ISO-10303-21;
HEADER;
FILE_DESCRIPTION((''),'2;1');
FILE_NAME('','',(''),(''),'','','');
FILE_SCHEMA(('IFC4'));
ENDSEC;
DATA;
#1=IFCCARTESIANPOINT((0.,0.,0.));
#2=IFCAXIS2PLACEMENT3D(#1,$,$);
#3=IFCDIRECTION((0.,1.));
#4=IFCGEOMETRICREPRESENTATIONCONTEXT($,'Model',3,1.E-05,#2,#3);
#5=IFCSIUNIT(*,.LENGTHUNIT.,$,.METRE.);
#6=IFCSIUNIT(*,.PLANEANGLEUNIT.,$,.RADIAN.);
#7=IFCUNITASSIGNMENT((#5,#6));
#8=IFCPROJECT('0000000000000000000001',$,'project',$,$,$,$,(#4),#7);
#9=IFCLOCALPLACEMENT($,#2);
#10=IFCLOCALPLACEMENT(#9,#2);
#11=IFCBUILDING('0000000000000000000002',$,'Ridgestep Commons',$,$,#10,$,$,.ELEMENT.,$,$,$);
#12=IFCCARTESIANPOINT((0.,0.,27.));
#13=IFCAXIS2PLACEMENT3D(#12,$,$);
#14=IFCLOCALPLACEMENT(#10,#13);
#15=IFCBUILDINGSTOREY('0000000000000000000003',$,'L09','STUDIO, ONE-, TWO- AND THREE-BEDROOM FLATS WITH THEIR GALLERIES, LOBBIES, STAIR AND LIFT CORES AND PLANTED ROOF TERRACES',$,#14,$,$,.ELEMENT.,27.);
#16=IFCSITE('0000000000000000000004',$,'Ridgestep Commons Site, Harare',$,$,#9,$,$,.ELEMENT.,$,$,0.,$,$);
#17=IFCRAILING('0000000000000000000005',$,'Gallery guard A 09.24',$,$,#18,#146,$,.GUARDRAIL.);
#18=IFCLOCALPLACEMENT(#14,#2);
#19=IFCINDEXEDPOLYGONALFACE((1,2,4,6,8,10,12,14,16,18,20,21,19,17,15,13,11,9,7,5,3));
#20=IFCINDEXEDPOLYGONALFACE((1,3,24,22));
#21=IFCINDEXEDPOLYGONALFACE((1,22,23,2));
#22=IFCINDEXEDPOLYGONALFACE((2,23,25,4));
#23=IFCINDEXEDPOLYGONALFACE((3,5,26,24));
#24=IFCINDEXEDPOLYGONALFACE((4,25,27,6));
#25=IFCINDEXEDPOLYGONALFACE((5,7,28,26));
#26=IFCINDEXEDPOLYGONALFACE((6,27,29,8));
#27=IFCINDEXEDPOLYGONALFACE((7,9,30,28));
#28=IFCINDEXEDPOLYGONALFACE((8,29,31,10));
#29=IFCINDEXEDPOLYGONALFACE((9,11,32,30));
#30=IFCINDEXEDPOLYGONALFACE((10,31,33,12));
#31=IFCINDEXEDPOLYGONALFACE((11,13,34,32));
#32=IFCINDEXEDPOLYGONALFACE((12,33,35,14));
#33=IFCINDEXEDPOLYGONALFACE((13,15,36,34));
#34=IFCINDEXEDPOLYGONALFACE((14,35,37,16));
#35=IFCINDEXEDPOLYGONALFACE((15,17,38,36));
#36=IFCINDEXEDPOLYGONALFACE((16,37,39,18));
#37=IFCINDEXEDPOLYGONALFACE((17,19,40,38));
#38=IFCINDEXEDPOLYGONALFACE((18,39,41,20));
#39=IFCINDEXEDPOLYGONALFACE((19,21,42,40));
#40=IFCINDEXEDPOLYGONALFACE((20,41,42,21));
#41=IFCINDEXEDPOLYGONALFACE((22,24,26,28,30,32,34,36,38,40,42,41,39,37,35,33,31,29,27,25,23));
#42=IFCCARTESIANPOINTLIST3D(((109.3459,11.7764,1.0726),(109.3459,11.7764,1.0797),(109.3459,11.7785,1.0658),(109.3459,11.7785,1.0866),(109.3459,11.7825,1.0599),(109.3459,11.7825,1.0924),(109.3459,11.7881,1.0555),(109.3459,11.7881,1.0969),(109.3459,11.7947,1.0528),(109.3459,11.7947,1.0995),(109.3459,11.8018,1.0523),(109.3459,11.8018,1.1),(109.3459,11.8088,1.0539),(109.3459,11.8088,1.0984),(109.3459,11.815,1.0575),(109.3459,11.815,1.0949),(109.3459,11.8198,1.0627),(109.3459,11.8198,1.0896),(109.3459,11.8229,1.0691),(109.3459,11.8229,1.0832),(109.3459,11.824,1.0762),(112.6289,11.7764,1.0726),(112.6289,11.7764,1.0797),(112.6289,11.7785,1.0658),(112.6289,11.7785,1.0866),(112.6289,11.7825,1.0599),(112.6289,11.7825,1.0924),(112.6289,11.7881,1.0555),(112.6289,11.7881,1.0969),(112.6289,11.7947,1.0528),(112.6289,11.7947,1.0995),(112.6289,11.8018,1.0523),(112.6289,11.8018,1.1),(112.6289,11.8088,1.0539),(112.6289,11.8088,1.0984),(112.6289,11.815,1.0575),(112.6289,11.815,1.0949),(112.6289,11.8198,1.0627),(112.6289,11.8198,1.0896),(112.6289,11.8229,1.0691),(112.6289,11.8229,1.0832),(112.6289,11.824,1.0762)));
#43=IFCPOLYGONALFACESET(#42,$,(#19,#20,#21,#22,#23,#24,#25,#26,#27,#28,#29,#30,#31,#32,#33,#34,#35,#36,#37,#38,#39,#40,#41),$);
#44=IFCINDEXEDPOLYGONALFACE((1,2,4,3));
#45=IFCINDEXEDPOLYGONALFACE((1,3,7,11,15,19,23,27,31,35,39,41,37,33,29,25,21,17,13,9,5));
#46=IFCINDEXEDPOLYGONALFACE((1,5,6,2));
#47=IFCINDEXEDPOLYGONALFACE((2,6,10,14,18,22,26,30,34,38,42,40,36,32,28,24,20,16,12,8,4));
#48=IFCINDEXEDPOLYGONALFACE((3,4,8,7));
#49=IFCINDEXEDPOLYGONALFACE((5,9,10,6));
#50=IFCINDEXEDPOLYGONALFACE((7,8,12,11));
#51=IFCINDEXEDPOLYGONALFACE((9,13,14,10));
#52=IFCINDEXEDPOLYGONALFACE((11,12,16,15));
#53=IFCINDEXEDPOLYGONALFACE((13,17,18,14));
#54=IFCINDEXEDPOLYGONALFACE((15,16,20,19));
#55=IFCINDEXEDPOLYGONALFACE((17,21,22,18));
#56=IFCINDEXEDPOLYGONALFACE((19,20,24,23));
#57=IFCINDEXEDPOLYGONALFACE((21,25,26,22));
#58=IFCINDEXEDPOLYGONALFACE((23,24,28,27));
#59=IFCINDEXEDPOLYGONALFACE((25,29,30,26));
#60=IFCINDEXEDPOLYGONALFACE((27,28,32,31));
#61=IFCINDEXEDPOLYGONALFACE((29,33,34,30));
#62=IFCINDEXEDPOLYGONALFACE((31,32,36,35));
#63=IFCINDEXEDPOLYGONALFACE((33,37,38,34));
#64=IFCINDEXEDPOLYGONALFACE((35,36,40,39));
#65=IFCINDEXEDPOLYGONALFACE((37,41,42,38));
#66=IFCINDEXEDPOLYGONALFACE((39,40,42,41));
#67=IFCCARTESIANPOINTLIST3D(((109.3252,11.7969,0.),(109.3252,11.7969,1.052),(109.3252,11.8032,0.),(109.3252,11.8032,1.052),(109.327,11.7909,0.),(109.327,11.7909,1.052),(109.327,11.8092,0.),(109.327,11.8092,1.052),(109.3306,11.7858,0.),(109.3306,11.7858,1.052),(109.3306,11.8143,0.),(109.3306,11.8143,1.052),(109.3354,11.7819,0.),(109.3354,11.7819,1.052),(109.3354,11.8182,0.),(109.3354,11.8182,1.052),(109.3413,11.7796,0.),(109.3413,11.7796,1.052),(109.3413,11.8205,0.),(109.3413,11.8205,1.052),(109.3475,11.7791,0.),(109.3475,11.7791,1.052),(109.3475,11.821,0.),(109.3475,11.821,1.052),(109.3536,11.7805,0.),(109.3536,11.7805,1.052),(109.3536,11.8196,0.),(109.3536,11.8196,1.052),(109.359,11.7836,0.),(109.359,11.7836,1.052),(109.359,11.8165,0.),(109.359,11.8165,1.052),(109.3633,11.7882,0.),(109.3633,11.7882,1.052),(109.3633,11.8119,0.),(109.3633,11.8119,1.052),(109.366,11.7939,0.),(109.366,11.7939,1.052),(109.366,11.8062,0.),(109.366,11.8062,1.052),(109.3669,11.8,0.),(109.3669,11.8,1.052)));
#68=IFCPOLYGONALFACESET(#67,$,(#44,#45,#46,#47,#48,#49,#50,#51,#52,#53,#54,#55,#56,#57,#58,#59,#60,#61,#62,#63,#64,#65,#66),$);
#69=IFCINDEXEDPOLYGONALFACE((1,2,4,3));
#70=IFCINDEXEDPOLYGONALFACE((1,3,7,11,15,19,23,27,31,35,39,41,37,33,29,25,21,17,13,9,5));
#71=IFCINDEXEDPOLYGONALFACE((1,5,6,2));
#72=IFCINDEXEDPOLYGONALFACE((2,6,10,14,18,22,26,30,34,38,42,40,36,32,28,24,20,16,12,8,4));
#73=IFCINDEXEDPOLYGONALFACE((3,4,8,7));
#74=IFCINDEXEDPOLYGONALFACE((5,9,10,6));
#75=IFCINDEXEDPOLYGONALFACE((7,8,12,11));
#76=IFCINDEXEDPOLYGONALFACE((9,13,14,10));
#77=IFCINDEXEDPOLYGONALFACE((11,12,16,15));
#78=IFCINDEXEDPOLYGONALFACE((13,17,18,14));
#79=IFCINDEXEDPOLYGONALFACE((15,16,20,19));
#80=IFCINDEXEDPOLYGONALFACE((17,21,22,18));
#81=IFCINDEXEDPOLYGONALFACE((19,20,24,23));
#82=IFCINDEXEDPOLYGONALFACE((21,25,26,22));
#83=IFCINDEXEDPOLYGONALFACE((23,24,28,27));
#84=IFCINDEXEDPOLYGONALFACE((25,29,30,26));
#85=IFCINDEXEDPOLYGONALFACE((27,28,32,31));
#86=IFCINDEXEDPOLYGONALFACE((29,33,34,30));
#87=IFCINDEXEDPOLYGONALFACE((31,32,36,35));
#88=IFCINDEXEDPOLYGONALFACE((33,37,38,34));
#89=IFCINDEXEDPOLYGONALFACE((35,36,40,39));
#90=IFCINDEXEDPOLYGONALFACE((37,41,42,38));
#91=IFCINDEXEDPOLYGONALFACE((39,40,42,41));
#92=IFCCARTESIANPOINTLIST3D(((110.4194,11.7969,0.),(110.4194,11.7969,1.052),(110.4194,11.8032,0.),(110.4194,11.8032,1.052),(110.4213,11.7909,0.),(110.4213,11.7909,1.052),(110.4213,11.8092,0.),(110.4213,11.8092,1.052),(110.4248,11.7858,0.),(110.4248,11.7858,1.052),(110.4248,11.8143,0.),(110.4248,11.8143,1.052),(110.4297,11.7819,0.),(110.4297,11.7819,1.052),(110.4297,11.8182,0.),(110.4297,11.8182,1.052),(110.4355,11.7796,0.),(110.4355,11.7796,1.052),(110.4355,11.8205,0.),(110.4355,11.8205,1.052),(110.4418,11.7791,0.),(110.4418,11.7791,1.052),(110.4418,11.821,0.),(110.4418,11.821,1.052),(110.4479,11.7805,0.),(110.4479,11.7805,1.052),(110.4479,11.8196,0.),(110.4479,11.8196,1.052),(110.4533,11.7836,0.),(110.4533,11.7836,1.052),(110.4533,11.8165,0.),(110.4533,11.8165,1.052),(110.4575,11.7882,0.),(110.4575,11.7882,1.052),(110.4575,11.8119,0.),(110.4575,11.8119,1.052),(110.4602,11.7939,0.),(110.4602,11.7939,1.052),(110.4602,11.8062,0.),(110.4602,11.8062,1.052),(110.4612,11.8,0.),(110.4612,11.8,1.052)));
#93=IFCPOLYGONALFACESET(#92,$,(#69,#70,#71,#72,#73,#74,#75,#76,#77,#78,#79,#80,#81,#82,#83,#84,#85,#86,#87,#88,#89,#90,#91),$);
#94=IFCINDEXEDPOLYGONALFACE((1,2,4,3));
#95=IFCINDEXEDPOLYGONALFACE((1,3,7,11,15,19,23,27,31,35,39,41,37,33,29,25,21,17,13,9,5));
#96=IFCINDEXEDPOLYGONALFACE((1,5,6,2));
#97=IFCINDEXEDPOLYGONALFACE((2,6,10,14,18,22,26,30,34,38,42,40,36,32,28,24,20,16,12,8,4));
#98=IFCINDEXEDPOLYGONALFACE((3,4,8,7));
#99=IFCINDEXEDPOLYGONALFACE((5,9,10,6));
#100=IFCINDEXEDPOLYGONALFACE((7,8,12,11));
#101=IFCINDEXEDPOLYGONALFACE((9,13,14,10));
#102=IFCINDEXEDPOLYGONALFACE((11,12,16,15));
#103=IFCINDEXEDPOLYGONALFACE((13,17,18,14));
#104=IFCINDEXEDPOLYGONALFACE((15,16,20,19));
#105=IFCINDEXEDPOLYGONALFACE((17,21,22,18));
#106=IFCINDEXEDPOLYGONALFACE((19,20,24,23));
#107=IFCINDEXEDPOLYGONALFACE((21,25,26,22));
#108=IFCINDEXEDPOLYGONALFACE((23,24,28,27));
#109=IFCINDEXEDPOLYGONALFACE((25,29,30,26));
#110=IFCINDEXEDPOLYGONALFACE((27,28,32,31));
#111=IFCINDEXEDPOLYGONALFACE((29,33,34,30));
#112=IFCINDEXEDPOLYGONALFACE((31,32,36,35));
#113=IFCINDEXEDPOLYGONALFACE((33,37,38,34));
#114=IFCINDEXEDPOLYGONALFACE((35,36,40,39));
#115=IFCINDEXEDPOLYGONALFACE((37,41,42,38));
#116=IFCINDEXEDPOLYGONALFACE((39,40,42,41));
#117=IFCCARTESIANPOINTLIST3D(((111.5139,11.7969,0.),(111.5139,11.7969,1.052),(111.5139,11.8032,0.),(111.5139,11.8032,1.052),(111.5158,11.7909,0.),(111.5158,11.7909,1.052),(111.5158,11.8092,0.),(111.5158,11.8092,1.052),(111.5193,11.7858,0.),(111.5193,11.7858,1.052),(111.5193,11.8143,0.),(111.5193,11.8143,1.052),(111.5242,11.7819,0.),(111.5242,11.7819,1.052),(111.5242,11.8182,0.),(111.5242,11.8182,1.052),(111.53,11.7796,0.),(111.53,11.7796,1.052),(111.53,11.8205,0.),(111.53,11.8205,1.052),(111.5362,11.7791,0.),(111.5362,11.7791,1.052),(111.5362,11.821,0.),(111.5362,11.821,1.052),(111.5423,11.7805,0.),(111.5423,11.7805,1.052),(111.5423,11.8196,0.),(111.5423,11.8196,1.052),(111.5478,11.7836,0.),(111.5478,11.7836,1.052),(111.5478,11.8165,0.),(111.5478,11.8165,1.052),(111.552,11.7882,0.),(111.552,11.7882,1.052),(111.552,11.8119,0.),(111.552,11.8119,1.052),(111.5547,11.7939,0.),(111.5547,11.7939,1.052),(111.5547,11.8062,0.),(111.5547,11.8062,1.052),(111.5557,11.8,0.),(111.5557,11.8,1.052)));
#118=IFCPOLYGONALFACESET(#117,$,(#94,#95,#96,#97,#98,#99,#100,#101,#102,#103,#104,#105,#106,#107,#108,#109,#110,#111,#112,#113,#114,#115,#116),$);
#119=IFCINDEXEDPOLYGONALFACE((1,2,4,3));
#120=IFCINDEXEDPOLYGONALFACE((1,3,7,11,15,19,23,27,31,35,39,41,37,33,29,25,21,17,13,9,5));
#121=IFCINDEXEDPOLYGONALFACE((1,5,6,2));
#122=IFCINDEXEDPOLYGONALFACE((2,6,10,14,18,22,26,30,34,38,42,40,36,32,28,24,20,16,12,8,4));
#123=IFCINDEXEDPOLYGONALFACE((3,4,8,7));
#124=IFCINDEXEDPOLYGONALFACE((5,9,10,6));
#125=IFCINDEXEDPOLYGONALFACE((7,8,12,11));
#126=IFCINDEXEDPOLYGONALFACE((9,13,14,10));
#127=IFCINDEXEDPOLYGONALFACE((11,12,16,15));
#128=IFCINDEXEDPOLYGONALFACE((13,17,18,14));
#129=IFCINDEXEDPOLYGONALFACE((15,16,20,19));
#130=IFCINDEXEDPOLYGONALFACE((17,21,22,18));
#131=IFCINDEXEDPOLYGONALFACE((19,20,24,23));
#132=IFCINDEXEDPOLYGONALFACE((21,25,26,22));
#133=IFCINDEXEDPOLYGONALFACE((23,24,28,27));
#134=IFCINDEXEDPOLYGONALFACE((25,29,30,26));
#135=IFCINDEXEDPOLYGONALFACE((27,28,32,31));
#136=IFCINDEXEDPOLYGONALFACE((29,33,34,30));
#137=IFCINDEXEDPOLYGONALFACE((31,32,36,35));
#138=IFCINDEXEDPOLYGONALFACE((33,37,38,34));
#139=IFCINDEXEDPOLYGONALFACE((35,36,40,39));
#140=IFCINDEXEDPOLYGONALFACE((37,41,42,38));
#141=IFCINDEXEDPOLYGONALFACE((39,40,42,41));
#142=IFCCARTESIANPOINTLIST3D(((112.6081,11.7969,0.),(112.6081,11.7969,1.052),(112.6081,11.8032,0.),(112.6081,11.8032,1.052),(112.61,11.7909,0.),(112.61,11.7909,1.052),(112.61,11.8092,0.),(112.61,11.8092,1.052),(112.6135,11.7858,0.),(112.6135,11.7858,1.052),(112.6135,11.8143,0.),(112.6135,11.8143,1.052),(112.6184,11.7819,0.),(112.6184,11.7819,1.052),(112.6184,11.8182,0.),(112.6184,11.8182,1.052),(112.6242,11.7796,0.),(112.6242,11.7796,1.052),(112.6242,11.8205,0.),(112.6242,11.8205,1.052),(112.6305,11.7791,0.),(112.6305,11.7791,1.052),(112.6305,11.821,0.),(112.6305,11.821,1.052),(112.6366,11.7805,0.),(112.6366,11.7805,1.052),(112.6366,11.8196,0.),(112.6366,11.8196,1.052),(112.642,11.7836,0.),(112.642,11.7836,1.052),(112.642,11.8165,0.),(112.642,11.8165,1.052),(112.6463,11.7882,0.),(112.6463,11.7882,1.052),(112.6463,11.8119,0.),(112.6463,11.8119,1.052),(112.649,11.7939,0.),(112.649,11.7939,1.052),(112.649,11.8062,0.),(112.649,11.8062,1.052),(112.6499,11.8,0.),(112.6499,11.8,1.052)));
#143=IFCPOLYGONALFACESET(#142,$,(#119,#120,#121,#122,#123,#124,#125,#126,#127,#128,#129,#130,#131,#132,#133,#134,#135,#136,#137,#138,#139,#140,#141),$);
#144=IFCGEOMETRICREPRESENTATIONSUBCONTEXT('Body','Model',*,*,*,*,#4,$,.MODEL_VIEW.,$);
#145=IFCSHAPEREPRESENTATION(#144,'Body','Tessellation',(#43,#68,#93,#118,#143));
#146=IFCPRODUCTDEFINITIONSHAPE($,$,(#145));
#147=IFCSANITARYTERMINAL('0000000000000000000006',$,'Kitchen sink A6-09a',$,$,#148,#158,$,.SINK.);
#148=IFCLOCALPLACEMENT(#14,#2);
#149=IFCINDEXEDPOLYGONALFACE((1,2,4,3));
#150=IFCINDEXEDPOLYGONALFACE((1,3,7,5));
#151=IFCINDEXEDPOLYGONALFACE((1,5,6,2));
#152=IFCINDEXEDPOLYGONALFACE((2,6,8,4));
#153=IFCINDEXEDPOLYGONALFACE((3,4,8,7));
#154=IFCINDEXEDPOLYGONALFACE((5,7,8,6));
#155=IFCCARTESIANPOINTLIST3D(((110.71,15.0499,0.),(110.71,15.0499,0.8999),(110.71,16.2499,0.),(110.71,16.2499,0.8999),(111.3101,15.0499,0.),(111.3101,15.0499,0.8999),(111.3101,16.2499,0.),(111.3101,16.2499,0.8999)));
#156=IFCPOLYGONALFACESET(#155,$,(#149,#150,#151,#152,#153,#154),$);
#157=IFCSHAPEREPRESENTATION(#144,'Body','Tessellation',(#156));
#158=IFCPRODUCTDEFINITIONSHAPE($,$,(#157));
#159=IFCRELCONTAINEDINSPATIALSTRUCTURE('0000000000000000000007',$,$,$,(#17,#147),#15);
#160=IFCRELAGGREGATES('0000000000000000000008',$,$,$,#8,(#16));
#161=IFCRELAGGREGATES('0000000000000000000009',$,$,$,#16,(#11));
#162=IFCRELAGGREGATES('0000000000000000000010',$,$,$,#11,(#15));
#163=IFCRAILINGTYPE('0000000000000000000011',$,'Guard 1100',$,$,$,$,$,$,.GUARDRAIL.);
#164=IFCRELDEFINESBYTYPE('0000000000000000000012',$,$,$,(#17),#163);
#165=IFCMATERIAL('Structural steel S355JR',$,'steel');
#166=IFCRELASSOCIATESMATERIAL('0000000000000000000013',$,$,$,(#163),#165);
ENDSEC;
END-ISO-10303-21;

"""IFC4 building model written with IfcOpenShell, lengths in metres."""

from ifc_helpers import new_model, si_unit, direction, frame, origin, origin_2d, place, context, subcontext, project, spatial, rectangle, circle, extrude, material, type_object, element, save


model = new_model("IFC4")

# Units and contexts
model_context = context("Model", 3, precision=1e-05, world=origin(), true_north=direction((0.0, 1.0)))
body_context = subcontext(model_context, "Body", "Model", "MODEL_VIEW")
ifc_project = project(units=[si_unit("LENGTHUNIT", "METRE"), si_unit("PLANEANGLEUNIT", "RADIAN")], contexts=[model_context])

# Site, building, storey
site_placement = place(None, origin())
site = spatial("IfcSite", under=ifc_project, at=site_placement, Name="Ridgestep Commons Site, Harare", CompositionType="ELEMENT", RefElevation=0.0)
building_placement = place(site_placement, origin())
building = spatial("IfcBuilding", under=site, at=building_placement, Name="Ridgestep Commons", CompositionType="ELEMENT")
storey_placement = place(building_placement, frame((0.0, 0.0, 27.0)))
storey = spatial("IfcBuildingStorey", under=building, at=storey_placement, Name="L09", Description="STUDIO, ONE-, TWO- AND THREE-BEDROOM FLATS WITH THEIR GALLERIES, LOBBIES, STAIR AND LIFT CORES AND PLANTED ROOF TERRACES", CompositionType="ELEMENT", Elevation=27.0)

# Railing
ifc_material_1 = material(Name="Structural steel S355JR", Category="steel")
railing_type = type_object("IfcRailingType", Name="Guard 1100", PredefinedType="GUARDRAIL", material=ifc_material_1)
railing_1_placement = place(storey_placement, frame((109.3459, 11.8, 0.0)))
element("IfcRailing", 1, at=railing_1_placement, inside=storey, type_object=railing_type, Name="Gallery guard A 09.24", PredefinedType="GUARDRAIL", context=body_context, shape_type="SweptSolid", body=[
    extrude(circle(Radius=0.0239, at=origin_2d()), frame((0.0, 0.0, 1.0762), z_axis=(1.0, 0.0, 0.0), x_axis=(0.0, 1.0, 0.0)), (0.0, 0.0, 1.0), 3.283),
    extrude(circle(Radius=0.021, at=origin_2d()), origin(), (0.0, 0.0, 1.0), 1.052),
    extrude(circle(Radius=0.021, at=origin_2d()), frame((1.0942, 0.0, 0.0)), (0.0, 0.0, 1.0), 1.052),
    extrude(circle(Radius=0.021, at=origin_2d()), frame((2.1887, 0.0, 0.0)), (0.0, 0.0, 1.0), 1.052),
    extrude(circle(Radius=0.021, at=origin_2d()), frame((3.283, 0.0, 0.0)), (0.0, 0.0, 1.0), 1.052),
])

# Sanitary terminal
sanitary_terminal_placement = place(storey_placement, frame((111.01, 15.6499, 0.0), z_axis=(0.0, 0.0, 1.0), x_axis=(1.0, 0.0, 0.0)))
element("IfcSanitaryTerminal", 2, at=sanitary_terminal_placement, inside=storey, Name="Kitchen sink A6-09a", PredefinedType="SINK", context=body_context, shape_type="SweptSolid", body=[
    extrude(rectangle(XDim=0.6001, YDim=1.2, at=origin_2d()), origin(), (0.0, 0.0, 1.0), 0.8999),
])

save(model, "model.ifc")
